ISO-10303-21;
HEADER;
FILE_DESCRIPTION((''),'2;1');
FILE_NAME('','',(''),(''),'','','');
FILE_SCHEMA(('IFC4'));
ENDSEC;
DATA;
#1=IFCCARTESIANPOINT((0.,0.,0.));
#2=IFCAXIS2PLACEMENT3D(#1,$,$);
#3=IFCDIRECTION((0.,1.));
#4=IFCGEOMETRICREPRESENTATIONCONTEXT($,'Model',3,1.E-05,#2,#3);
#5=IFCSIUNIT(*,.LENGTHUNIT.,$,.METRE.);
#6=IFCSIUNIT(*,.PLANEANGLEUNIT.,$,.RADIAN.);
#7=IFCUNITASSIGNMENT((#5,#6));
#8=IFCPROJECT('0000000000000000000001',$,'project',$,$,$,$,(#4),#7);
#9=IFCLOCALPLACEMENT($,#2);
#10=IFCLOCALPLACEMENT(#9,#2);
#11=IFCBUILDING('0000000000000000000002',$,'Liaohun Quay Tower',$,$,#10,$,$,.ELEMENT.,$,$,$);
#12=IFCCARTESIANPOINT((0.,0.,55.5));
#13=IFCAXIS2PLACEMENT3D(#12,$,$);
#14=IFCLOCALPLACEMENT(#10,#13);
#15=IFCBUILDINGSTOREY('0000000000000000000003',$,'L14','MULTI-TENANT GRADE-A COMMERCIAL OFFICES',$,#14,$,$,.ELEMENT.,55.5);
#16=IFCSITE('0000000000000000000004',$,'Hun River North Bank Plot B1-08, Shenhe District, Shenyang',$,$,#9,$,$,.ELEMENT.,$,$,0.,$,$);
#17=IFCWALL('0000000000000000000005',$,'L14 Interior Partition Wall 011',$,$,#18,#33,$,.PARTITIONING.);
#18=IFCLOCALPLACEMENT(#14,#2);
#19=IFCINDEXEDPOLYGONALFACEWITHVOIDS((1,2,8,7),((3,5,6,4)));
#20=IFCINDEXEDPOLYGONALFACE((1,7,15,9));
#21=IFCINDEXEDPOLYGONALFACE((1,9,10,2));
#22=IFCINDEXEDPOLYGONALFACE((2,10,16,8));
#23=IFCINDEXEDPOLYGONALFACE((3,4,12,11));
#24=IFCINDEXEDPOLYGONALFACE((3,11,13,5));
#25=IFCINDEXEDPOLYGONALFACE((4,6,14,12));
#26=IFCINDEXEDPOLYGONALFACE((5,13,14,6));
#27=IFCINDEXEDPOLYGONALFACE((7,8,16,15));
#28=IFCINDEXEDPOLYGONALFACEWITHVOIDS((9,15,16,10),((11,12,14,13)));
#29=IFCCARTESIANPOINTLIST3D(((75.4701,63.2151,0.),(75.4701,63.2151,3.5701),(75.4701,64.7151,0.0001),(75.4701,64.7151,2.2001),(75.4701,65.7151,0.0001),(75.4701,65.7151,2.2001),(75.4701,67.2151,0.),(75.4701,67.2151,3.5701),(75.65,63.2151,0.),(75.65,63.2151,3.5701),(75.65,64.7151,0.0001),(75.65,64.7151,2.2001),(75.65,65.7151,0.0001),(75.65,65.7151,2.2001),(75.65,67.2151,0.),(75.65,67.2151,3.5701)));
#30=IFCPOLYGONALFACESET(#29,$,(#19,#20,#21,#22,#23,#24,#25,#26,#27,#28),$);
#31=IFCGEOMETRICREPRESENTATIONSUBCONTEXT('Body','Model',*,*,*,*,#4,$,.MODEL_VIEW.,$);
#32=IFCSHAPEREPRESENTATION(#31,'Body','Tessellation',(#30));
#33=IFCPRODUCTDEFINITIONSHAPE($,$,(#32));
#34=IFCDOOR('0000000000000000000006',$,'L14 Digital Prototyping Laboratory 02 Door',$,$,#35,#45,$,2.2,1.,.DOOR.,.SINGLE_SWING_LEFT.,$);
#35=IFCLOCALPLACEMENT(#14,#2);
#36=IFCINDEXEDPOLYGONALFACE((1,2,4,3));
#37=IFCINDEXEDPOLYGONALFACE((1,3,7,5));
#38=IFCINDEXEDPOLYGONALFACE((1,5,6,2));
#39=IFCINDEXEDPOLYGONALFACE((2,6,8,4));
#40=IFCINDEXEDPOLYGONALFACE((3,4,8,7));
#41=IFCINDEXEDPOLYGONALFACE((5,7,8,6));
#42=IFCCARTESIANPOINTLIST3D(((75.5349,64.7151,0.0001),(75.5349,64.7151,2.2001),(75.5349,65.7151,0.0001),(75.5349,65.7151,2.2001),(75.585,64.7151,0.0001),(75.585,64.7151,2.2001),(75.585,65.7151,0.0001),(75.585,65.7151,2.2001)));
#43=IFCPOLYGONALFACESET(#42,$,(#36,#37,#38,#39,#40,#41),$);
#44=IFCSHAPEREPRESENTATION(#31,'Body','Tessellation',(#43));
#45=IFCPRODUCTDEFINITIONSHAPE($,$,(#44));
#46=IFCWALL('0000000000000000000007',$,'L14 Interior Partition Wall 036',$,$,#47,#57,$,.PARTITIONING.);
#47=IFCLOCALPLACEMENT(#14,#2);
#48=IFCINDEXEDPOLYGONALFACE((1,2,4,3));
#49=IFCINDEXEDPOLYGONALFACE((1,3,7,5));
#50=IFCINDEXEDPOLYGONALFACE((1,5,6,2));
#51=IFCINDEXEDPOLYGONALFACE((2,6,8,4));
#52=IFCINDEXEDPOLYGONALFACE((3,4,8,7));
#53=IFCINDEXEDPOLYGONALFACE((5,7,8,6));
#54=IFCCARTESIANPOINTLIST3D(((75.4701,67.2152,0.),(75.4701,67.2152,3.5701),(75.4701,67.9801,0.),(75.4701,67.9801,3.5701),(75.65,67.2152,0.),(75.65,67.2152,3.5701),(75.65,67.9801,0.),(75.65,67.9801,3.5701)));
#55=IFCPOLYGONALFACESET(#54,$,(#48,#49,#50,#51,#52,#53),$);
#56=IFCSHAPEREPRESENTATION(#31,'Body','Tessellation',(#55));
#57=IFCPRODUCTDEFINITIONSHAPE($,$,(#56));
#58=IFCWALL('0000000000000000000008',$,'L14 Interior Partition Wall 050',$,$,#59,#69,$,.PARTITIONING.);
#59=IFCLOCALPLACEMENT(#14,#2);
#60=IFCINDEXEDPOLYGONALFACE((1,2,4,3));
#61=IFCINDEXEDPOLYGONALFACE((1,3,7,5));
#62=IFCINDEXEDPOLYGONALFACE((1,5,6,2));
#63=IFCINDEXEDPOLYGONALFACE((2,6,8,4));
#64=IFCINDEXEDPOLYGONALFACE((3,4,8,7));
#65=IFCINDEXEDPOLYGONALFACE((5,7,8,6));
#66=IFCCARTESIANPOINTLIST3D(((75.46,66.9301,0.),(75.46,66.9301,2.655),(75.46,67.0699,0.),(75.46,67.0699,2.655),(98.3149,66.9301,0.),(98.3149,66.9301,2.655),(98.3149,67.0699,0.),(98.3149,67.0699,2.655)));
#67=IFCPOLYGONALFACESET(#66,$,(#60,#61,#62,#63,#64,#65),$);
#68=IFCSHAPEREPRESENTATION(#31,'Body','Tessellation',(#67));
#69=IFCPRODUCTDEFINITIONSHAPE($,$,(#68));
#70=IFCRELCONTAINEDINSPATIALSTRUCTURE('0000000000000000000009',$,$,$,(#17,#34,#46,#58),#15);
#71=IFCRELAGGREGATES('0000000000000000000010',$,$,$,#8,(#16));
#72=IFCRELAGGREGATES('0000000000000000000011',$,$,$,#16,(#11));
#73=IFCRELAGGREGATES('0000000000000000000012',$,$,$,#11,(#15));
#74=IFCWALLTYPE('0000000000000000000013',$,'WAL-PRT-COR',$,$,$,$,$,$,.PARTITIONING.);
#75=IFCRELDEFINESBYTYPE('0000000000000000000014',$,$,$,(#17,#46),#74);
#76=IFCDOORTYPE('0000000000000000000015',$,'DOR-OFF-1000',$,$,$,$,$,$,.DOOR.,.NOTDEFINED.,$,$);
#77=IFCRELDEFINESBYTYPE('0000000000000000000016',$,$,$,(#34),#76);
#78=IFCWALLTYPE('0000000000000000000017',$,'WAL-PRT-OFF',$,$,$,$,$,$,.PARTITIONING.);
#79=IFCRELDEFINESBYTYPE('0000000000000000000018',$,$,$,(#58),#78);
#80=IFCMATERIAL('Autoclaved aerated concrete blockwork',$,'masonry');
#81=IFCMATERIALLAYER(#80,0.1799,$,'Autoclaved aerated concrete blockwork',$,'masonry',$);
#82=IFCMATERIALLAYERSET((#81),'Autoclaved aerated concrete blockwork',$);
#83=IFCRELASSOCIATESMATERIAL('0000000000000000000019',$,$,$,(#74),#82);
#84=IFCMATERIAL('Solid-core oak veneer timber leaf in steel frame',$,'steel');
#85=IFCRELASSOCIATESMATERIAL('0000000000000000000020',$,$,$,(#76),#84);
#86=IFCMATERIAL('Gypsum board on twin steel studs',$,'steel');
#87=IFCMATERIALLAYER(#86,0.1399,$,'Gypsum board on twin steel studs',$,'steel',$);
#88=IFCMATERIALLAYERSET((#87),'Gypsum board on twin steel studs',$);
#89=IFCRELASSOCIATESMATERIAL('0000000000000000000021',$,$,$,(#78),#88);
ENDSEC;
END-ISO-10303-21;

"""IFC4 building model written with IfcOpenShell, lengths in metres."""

from ifc_helpers import new_model, si_unit, direction, frame, frame_2d, origin, place, context, subcontext, project, spatial, rectangle, extrude, source, transform, mapped, material, layer, layer_set, type_object, element, fill, save


model = new_model("IFC4")

# Units and contexts
model_context = context("Model", 3, precision=1e-05, world=origin(), true_north=direction((0.0, 1.0)))
body_context = subcontext(model_context, "Body", "Model", "MODEL_VIEW")
ifc_project = project(units=[si_unit("LENGTHUNIT", "METRE"), si_unit("PLANEANGLEUNIT", "RADIAN")], contexts=[model_context])

# Site, building, storey
site_placement = place(None, origin())
site = spatial("IfcSite", under=ifc_project, at=site_placement, Name="Hun River North Bank Plot B1-08, Shenhe District, Shenyang", CompositionType="ELEMENT", RefElevation=0.0)
building_placement = place(site_placement, origin())
building = spatial("IfcBuilding", under=site, at=building_placement, Name="Liaohun Quay Tower", CompositionType="ELEMENT")
storey_placement = place(building_placement, frame((0.0, 0.0, 55.5)))
storey = spatial("IfcBuildingStorey", under=building, at=storey_placement, Name="L14", Description="MULTI-TENANT GRADE-A COMMERCIAL OFFICES", CompositionType="ELEMENT", Elevation=55.5)

# Wall, opening, door
ifc_material_1 = material(Name="Autoclaved aerated concrete blockwork", Category="masonry")
ifc_layer_1 = layer(ifc_material_1, 0.1799, Name="Autoclaved aerated concrete blockwork", Category="masonry")
ifc_layer_set_1 = layer_set([ifc_layer_1], Name="Autoclaved aerated concrete blockwork")
wall_type_1 = type_object("IfcWallType", Name="WAL-PRT-COR", PredefinedType="PARTITIONING", material=ifc_layer_set_1)
wall_1_placement = place(storey_placement, frame((75.5601, 67.2151, 0.0), z_axis=(0.0, 0.0, 1.0), x_axis=(0.0, -1.0, 0.0)))
wall_1 = element("IfcWall", 1, at=wall_1_placement, inside=storey, type_object=wall_type_1, Name="L14 Interior Partition Wall 011", PredefinedType="PARTITIONING", context=body_context, shape_type="SweptSolid", body=[
    extrude(rectangle(XDim=4.0, YDim=0.1799, at=frame_2d((2.0, 0.0))), origin(), (0.0, 0.0, 1.0), 3.5701),
])
shared_shape_1 = source(origin(), body_context, "Body", "SweptSolid", [
    extrude(rectangle(XDim=1.0, YDim=2.2, at=frame_2d((0.5, 1.1001))), frame((0.0, 0.0999, 0.0), z_axis=(0.0, -1.0, 0.0), x_axis=(1.0, 0.0, 0.0)), (0.0, 0.0, 1.0), 0.2),
])
opening_1_placement = place(wall_1_placement, frame((1.5, 0.0, 0.0)))
opening_1 = element("IfcOpeningElement", 2, at=opening_1_placement, cuts=wall_1, PredefinedType="OPENING", context=body_context, shape_type="MappedRepresentation", body=[
    mapped(shared_shape_1, transform((0.0, 0.0, 0.0), x_axis=(1.0, 0.0, 0.0), y_axis=(0.0, 1.0, 0.0), z_axis=(0.0, 0.0, 1.0), scale=1.0)),
])
ifc_material_2 = material(Name="Solid-core oak veneer timber leaf in steel frame", Category="steel")
door_type_1 = type_object("IfcDoorType", Name="DOR-OFF-1000", OperationType="NOTDEFINED", PredefinedType="DOOR", material=ifc_material_2)
shared_shape_2 = source(origin(), body_context, "Body", "SweptSolid", [
    extrude(rectangle(XDim=1.0, YDim=2.2, at=frame_2d((0.5, 1.1001))), frame((0.0, 0.0249, 0.0), z_axis=(0.0, -1.0, 0.0), x_axis=(1.0, 0.0, 0.0)), (0.0, 0.0, 1.0), 0.05),
])
door_1_placement = place(opening_1_placement, origin())
door_1 = element("IfcDoor", 3, at=door_1_placement, inside=storey, type_object=door_type_1, Name="L14 Digital Prototyping Laboratory 02 Door", OperationType="SINGLE_SWING_LEFT", OverallHeight=2.2, OverallWidth=1.0, PredefinedType="DOOR", context=body_context, shape_type="MappedRepresentation", body=[
    mapped(shared_shape_2, transform((0.0, 0.0, 0.0), x_axis=(1.0, 0.0, 0.0), y_axis=(0.0, 1.0, 0.0), z_axis=(0.0, 0.0, 1.0), scale=1.0)),
])
fill(opening_1, door_1)

# Walls
wall_2_placement = place(storey_placement, frame((75.5601, 67.98, 0.0), z_axis=(0.0, 0.0, 1.0), x_axis=(0.0, -1.0, 0.0)))
element("IfcWall", 4, at=wall_2_placement, inside=storey, type_object=wall_type_1, Name="L14 Interior Partition Wall 036", PredefinedType="PARTITIONING", context=body_context, shape_type="SweptSolid", body=[
    extrude(rectangle(XDim=0.7649, YDim=0.1799, at=frame_2d((0.3823, 0.0))), origin(), (0.0, 0.0, 1.0), 3.5701),
])
ifc_material_3 = material(Name="Gypsum board on twin steel studs", Category="steel")
ifc_layer_2 = layer(ifc_material_3, 0.1399, Name="Gypsum board on twin steel studs", Category="steel")
ifc_layer_set_2 = layer_set([ifc_layer_2], Name="Gypsum board on twin steel studs")
wall_type_2 = type_object("IfcWallType", Name="WAL-PRT-OFF", PredefinedType="PARTITIONING", material=ifc_layer_set_2)
wall_3_placement = place(storey_placement, frame((75.46, 67.0, 0.0), z_axis=(0.0, 0.0, 1.0), x_axis=(1.0, 0.0, 0.0)))
element("IfcWall", 5, at=wall_3_placement, inside=storey, type_object=wall_type_2, Name="L14 Interior Partition Wall 050", PredefinedType="PARTITIONING", context=body_context, shape_type="SweptSolid", body=[
    extrude(rectangle(XDim=22.855, YDim=0.1399, at=frame_2d((11.4275, 0.0))), origin(), (0.0, 0.0, 1.0), 2.655),
])

save(model, "model.ifc")
